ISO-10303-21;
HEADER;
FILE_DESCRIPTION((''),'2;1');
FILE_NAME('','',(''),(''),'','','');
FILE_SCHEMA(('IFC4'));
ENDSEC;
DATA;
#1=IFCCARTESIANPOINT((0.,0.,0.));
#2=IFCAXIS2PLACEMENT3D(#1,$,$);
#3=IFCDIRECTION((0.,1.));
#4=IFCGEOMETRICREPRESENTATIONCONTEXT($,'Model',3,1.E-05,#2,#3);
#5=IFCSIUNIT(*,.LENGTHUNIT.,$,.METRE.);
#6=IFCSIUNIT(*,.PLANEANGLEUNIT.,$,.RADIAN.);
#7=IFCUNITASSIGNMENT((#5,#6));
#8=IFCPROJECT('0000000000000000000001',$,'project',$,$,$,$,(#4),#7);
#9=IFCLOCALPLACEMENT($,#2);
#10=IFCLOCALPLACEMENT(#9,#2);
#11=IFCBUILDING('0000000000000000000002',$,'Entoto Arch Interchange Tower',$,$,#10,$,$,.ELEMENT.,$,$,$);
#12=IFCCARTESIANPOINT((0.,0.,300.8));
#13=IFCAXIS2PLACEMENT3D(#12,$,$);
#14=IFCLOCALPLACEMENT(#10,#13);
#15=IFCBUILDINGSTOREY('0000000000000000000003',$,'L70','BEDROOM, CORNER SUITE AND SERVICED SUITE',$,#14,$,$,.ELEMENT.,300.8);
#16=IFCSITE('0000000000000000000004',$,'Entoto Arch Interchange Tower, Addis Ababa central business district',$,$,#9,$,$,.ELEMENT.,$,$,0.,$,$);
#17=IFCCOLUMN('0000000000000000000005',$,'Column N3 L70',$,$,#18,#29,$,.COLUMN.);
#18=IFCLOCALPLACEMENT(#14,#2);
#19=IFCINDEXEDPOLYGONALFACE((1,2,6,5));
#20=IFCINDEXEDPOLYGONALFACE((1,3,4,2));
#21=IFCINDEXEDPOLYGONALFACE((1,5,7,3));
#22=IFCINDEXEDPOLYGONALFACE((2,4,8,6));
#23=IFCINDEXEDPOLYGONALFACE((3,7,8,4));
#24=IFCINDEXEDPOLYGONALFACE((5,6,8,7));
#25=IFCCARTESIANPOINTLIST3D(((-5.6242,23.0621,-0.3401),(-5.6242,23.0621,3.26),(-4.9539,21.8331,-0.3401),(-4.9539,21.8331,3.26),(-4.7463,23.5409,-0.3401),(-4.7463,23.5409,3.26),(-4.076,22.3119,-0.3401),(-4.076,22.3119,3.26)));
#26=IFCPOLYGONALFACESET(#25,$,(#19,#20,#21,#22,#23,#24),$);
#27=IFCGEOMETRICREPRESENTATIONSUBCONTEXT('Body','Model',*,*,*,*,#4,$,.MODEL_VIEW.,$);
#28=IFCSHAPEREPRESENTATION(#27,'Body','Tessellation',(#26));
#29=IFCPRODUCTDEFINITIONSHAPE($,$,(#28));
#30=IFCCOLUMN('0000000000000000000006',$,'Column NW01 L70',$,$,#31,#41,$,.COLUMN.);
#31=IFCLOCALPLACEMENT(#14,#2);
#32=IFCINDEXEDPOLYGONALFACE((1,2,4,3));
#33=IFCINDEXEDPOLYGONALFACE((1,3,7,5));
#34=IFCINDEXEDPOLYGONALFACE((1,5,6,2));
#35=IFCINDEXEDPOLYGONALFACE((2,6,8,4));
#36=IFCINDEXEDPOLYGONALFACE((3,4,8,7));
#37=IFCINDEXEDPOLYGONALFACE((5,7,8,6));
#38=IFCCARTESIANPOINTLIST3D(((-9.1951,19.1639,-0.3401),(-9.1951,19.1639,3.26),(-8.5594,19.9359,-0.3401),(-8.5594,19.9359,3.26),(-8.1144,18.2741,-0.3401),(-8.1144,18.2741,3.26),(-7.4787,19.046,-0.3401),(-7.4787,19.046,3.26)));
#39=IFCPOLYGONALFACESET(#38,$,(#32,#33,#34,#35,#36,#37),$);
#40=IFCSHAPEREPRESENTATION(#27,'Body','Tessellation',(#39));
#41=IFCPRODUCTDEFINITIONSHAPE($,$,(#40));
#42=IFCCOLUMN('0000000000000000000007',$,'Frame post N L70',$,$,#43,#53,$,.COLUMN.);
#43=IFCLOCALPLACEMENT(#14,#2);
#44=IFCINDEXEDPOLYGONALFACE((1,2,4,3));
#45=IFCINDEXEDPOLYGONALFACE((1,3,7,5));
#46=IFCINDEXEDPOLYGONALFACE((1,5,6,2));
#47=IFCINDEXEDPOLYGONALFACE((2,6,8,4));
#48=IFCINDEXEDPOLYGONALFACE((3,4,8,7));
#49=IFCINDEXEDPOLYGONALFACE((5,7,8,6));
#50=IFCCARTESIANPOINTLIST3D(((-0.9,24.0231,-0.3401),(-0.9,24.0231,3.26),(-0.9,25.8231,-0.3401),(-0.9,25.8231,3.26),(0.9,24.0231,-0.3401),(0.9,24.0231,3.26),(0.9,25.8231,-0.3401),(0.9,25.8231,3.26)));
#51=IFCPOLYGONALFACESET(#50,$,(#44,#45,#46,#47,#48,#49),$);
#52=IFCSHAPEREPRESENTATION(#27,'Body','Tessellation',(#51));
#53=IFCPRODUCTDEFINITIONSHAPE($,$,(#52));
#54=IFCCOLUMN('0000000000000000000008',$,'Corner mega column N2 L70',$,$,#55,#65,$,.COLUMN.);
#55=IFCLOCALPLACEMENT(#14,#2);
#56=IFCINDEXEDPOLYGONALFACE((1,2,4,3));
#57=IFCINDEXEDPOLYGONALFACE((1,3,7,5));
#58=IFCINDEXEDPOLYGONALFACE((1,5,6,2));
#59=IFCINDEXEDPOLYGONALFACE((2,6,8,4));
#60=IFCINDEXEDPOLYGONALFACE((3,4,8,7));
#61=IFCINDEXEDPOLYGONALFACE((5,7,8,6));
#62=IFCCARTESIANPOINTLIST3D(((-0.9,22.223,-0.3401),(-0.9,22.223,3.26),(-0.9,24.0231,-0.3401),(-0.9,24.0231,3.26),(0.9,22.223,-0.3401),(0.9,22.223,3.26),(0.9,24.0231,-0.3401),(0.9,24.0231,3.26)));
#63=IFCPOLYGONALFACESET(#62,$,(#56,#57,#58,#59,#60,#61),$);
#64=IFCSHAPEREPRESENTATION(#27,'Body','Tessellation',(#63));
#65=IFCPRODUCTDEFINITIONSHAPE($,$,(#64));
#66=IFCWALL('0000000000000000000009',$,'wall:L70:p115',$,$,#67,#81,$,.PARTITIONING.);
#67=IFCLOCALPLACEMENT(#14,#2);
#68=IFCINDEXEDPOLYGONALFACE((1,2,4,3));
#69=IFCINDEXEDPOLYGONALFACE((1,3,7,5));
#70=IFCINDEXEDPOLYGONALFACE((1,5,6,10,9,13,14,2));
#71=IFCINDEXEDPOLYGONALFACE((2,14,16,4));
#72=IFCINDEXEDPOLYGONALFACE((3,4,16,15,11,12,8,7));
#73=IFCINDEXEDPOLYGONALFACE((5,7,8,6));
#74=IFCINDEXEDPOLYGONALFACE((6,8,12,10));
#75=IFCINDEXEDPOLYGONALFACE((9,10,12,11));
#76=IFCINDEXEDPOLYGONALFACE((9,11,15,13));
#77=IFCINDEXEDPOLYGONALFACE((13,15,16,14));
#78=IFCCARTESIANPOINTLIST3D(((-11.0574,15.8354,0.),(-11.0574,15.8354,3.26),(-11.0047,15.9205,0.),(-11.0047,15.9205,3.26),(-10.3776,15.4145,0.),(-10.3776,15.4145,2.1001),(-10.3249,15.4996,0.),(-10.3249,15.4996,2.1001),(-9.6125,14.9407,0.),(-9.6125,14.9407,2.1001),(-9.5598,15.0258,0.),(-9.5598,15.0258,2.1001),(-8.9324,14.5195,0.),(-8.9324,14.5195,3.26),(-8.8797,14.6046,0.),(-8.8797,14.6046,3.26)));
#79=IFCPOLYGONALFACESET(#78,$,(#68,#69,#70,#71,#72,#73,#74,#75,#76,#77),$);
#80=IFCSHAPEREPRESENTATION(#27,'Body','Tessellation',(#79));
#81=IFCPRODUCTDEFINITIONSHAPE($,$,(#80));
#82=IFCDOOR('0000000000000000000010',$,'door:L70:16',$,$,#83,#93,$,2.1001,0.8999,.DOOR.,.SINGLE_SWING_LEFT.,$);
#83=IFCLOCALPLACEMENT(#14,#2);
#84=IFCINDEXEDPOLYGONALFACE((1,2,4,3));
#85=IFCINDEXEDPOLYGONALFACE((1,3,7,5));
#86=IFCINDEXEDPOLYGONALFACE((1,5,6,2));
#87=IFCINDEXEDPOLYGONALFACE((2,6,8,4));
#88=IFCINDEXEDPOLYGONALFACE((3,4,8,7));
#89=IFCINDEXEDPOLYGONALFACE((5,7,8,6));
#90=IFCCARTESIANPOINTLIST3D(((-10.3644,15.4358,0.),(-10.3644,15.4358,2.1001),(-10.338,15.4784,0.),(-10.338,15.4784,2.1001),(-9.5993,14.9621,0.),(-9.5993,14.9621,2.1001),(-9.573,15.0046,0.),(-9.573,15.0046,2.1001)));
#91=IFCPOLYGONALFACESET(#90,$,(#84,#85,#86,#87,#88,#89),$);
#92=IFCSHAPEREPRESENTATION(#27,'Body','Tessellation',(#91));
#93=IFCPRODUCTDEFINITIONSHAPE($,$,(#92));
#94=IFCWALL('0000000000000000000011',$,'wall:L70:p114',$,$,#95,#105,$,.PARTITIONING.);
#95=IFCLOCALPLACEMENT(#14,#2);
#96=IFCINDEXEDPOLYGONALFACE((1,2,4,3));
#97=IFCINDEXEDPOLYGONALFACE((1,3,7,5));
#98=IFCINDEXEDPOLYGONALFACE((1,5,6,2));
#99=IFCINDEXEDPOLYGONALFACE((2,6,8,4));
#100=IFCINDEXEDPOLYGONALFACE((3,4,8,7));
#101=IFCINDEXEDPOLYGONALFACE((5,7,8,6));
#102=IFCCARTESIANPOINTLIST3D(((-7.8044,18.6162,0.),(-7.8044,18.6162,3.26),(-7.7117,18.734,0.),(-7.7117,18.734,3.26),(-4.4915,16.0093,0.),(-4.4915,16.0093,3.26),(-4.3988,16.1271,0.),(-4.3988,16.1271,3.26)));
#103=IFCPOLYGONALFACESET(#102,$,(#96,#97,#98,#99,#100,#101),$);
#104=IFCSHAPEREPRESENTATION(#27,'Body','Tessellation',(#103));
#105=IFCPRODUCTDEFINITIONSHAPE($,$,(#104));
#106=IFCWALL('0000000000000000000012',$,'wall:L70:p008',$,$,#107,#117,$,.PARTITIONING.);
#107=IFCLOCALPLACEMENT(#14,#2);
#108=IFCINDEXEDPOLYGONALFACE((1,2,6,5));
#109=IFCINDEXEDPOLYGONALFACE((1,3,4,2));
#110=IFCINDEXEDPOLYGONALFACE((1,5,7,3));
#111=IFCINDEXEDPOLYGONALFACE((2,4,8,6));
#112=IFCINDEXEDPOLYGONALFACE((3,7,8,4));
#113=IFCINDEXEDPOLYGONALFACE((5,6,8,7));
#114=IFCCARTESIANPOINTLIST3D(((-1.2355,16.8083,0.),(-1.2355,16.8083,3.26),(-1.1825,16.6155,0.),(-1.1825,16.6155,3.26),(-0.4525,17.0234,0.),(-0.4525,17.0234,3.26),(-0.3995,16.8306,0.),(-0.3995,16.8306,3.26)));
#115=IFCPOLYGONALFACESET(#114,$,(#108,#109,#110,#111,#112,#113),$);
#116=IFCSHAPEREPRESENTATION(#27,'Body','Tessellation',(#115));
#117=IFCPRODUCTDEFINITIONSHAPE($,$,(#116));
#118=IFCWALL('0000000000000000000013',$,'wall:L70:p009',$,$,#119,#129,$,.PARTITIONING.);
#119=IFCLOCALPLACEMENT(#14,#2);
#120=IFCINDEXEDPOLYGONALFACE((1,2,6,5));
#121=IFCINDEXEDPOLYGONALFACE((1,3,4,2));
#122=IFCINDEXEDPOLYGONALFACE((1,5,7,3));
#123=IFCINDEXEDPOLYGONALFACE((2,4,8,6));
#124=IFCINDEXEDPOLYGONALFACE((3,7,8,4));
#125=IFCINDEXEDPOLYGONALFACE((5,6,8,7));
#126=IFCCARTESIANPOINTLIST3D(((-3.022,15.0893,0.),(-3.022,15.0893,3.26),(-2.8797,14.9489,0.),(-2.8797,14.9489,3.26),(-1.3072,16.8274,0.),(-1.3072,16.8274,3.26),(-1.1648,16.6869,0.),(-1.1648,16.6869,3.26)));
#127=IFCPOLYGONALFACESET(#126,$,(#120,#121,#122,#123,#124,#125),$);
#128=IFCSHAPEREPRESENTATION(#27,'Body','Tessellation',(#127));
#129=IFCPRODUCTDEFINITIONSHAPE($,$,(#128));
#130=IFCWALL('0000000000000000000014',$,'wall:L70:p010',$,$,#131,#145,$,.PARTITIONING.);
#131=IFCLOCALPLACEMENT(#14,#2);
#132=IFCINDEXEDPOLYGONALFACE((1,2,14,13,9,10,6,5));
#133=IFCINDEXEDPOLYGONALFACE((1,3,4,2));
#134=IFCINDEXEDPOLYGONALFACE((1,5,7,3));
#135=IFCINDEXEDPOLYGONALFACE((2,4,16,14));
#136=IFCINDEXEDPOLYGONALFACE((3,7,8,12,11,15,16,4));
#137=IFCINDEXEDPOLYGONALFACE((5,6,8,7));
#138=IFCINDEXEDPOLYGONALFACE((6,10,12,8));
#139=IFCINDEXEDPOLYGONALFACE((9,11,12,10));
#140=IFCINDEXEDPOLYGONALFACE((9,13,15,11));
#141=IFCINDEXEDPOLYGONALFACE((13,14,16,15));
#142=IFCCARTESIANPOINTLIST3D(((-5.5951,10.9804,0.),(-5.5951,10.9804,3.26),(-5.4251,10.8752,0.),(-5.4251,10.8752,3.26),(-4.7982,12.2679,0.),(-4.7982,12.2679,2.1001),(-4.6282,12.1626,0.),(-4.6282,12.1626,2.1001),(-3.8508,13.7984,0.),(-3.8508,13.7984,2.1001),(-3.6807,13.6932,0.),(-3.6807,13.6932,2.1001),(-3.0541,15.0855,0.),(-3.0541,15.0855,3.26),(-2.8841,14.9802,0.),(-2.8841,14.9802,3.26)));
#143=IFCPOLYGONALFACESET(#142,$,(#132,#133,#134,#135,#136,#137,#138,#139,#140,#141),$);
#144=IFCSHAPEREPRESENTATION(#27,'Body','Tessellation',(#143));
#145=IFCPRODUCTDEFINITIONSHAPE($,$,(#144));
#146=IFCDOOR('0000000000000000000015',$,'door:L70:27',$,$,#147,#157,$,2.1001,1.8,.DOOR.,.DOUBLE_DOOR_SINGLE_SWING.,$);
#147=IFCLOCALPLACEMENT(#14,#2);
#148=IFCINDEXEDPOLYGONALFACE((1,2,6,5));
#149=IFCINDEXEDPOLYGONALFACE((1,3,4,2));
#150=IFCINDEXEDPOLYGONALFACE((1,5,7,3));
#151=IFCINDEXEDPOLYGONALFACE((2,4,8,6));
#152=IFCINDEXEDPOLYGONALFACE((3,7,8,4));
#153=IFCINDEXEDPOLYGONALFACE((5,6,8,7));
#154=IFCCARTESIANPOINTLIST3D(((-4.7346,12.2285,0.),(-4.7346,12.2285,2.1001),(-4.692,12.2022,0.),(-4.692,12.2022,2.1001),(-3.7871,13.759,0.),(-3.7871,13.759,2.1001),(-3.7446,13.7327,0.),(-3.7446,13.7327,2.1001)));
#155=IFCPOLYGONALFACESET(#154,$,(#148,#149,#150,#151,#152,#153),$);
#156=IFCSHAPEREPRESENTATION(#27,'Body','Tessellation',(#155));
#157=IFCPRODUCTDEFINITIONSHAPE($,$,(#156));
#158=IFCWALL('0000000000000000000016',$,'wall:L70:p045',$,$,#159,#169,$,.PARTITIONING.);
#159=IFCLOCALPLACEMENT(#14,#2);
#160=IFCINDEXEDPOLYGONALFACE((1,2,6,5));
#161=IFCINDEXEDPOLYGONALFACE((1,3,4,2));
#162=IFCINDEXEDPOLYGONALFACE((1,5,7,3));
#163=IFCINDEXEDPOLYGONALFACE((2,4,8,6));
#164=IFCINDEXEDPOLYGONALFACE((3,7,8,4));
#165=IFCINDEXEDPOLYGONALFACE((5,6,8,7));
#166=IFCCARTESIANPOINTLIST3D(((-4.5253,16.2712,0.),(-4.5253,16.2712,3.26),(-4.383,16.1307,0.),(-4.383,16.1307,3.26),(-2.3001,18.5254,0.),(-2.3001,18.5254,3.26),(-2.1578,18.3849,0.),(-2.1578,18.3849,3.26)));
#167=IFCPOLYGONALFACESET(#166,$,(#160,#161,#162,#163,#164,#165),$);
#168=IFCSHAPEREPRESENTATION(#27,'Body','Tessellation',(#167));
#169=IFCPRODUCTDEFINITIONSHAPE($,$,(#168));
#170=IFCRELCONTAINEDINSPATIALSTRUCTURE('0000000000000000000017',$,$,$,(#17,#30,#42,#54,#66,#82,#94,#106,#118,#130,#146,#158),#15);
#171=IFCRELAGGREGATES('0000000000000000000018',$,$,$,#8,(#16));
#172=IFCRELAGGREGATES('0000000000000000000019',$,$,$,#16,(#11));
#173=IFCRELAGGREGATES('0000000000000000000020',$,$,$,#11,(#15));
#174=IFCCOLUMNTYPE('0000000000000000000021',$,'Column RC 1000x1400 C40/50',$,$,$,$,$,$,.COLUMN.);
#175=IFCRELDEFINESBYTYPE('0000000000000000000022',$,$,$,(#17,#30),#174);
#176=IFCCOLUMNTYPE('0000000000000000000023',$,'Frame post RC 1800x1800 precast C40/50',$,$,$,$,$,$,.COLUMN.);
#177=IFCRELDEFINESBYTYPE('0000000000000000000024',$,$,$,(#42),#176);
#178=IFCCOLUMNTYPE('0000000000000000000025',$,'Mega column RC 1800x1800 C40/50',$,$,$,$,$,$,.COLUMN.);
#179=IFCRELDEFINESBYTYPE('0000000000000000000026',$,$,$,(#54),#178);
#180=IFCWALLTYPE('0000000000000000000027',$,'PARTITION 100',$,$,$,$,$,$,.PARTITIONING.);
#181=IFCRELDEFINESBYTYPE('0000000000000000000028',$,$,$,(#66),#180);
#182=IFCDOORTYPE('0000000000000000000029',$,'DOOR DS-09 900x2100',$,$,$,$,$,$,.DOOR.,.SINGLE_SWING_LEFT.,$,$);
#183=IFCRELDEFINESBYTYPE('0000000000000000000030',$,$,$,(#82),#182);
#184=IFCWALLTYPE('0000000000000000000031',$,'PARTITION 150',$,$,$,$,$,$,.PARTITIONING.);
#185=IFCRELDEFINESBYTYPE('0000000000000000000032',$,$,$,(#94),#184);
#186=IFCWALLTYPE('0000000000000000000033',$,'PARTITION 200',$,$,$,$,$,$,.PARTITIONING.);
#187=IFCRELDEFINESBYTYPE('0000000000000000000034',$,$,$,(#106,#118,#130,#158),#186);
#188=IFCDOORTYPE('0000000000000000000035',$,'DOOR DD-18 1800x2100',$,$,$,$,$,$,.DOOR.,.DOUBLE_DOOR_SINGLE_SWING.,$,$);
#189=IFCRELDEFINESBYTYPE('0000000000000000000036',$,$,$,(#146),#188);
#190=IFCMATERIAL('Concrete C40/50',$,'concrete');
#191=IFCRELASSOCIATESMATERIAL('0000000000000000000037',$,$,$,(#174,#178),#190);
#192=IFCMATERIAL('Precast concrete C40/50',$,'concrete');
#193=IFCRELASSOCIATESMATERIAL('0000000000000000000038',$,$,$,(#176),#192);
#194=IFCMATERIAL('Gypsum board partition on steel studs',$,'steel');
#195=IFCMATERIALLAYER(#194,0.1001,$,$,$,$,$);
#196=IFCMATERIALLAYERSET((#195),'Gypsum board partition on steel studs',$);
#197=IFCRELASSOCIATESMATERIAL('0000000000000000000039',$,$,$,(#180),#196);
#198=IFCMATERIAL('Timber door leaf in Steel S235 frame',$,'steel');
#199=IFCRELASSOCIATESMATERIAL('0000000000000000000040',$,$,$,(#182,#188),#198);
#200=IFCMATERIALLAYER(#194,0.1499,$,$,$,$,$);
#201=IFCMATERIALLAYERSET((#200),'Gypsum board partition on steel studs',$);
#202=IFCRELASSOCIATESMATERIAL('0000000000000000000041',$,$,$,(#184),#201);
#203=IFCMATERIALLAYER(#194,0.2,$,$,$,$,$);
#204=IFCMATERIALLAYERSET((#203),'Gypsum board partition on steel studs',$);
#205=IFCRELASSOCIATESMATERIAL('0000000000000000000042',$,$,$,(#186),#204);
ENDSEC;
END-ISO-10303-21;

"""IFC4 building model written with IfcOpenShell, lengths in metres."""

from ifc_helpers import new_model, si_unit, direction, frame, frame_2d, origin, origin_2d, place, context, subcontext, project, spatial, rectangle, extrude, material, layer, layer_set, material_profile, profile_set, type_object, element, fill, save


model = new_model("IFC4")

# Units and contexts
model_context = context("Model", 3, precision=1e-05, world=origin(), true_north=direction((0.0, 1.0)))
body_context = subcontext(model_context, "Body", "Model", "MODEL_VIEW")
ifc_project = project(units=[si_unit("LENGTHUNIT", "METRE"), si_unit("PLANEANGLEUNIT", "RADIAN")], contexts=[model_context])

# Site, building, storey
site_placement = place(None, origin())
site = spatial("IfcSite", under=ifc_project, at=site_placement, Name="Entoto Arch Interchange Tower, Addis Ababa central business district", CompositionType="ELEMENT", RefElevation=0.0)
building_placement = place(site_placement, origin())
building = spatial("IfcBuilding", under=site, at=building_placement, Name="Entoto Arch Interchange Tower", CompositionType="ELEMENT")
storey_placement = place(building_placement, frame((0.0, 0.0, 300.8)))
storey = spatial("IfcBuildingStorey", under=building, at=storey_placement, Name="L70", Description="BEDROOM, CORNER SUITE AND SERVICED SUITE", CompositionType="ELEMENT", Elevation=300.8)

# Columns
ifc_material_1 = material(Name="Concrete C40/50", Category="concrete")
ifc_material_profile_1 = material_profile(ifc_material_1, rectangle(XDim=1.0, YDim=1.3999, at=origin_2d()))
ifc_profile_set_1 = profile_set([ifc_material_profile_1], Name="Concrete C40/50")
column_type_1 = type_object("IfcColumnType", Name="Column RC 1000x1400 C40/50", PredefinedType="COLUMN", material=ifc_profile_set_1)
for number, where, z_axis, x_axis, name in (
    (1, (-4.8501, 22.687, -0.3401), (0.0, 0.0, 1.0), (0.877899, 0.478845, 0.0), "Column N3 L70"),
    (2, (-8.3369, 19.105, -0.3401), (0.0, 0.0, 1.0), (0.635647, 0.77198, 0.0), "Column NW01 L70"),
):
    element("IfcColumn", number, at=place(storey_placement, frame(where, z_axis=z_axis, x_axis=x_axis)), inside=storey, type_object=column_type_1, Name=name, PredefinedType="COLUMN", context=body_context, shape_type="SweptSolid", body=[
        extrude(rectangle(XDim=1.0, YDim=1.3999, at=origin_2d()), origin(), (0.0, 0.0, 1.0), 3.6001),
    ])
ifc_material_2 = material(Name="Precast concrete C40/50", Category="concrete")
ifc_material_profile_2 = material_profile(ifc_material_2, rectangle(XDim=1.8, YDim=1.8, at=origin_2d()))
ifc_profile_set_2 = profile_set([ifc_material_profile_2], Name="Precast concrete C40/50")
column_type_2 = type_object("IfcColumnType", Name="Frame post RC 1800x1800 precast C40/50", PredefinedType="COLUMN", material=ifc_profile_set_2)
column_1_placement = place(storey_placement, frame((0.0, 24.9231, -0.3401), z_axis=(0.0, 0.0, 1.0), x_axis=(0.0, 1.0, 0.0)))
element("IfcColumn", 3, at=column_1_placement, inside=storey, type_object=column_type_2, Name="Frame post N L70", PredefinedType="COLUMN", context=body_context, shape_type="SweptSolid", body=[
    extrude(rectangle(XDim=1.8, YDim=1.8, at=origin_2d()), origin(), (0.0, 0.0, 1.0), 3.6001),
])
ifc_material_profile_3 = material_profile(ifc_material_1, rectangle(XDim=1.8, YDim=1.8, at=origin_2d()))
ifc_profile_set_3 = profile_set([ifc_material_profile_3], Name="Concrete C40/50")
column_type_3 = type_object("IfcColumnType", Name="Mega column RC 1800x1800 C40/50", PredefinedType="COLUMN", material=ifc_profile_set_3)
column_2_placement = place(storey_placement, frame((0.0, 23.123, -0.3401), z_axis=(0.0, 0.0, 1.0), x_axis=(0.0, 1.0, 0.0)))
element("IfcColumn", 4, at=column_2_placement, inside=storey, type_object=column_type_3, Name="Corner mega column N2 L70", PredefinedType="COLUMN", context=body_context, shape_type="SweptSolid", body=[
    extrude(rectangle(XDim=1.8, YDim=1.8, at=origin_2d()), origin(), (0.0, 0.0, 1.0), 3.6001),
])

# Wall, opening, door
ifc_material_3 = material(Name="Gypsum board partition on steel studs", Category="steel")
ifc_layer_1 = layer(ifc_material_3, 0.1001)
ifc_layer_set_1 = layer_set([ifc_layer_1], Name="Gypsum board partition on steel studs")
wall_type_1 = type_object("IfcWallType", Name="PARTITION 100", PredefinedType="PARTITIONING", material=ifc_layer_set_1)
wall_1_placement = place(storey_placement, frame((-8.906, 14.562, 0.0), z_axis=(0.0, 0.0, 1.0), x_axis=(-0.850186, 0.526482, 0.0)))
wall_1 = element("IfcWall", 5, at=wall_1_placement, inside=storey, type_object=wall_type_1, Name="wall:L70:p115", PredefinedType="PARTITIONING", context=body_context, shape_type="SweptSolid", body=[
    extrude(rectangle(XDim=2.4995, YDim=0.1001, at=frame_2d((1.2498, 0.0))), origin(), (0.0, 0.0, 1.0), 3.26),
])
opening_1_placement = place(wall_1_placement, frame((0.8, 0.0, 0.0)))
opening_1 = element("IfcOpeningElement", 6, at=opening_1_placement, cuts=wall_1, PredefinedType="OPENING", context=body_context, shape_type="SweptSolid", body=[
    extrude(rectangle(XDim=0.8999, YDim=2.1001, at=frame_2d((0.45, 1.05))), frame((0.0, 0.0601, 0.0), z_axis=(0.0, -1.0, 0.0), x_axis=(1.0, 0.0, 0.0)), (0.0, 0.0, 1.0), 0.1201),
])
ifc_material_4 = material(Name="Timber door leaf in Steel S235 frame", Category="steel")
door_type_1 = type_object("IfcDoorType", Name="DOOR DS-09 900x2100", OperationType="SINGLE_SWING_LEFT", PredefinedType="DOOR", material=ifc_material_4)
door_1_placement = place(opening_1_placement, origin())
door_1 = element("IfcDoor", 7, at=door_1_placement, inside=storey, type_object=door_type_1, Name="door:L70:16", OperationType="SINGLE_SWING_LEFT", OverallHeight=2.1001, OverallWidth=0.8999, PredefinedType="DOOR", context=body_context, shape_type="SweptSolid", body=[
    extrude(rectangle(XDim=0.8999, YDim=2.1001, at=frame_2d((0.45, 1.05))), frame((0.0, 0.0249, 0.0), z_axis=(0.0, -1.0, 0.0), x_axis=(1.0, 0.0, 0.0)), (0.0, 0.0, 1.0), 0.05),
])
fill(opening_1, door_1)

# Walls
ifc_layer_2 = layer(ifc_material_3, 0.1499)
ifc_layer_set_2 = layer_set([ifc_layer_2], Name="Gypsum board partition on steel studs")
wall_type_2 = type_object("IfcWallType", Name="PARTITION 150", PredefinedType="PARTITIONING", material=ifc_layer_set_2)
wall_2_placement = place(storey_placement, frame((-4.4451, 16.0681, 0.0), z_axis=(0.0, 0.0, 1.0), x_axis=(-0.785872, 0.618389, 0.0)))
element("IfcWall", 8, at=wall_2_placement, inside=storey, type_object=wall_type_2, Name="wall:L70:p114", PredefinedType="PARTITIONING", context=body_context, shape_type="SweptSolid", body=[
    extrude(rectangle(XDim=4.2156, YDim=0.1499, at=frame_2d((2.1079, 0.0))), origin(), (0.0, 0.0, 1.0), 3.26),
])
ifc_layer_3 = layer(ifc_material_3, 0.2)
ifc_layer_set_3 = layer_set([ifc_layer_3], Name="Gypsum board partition on steel studs")
wall_type_3 = type_object("IfcWallType", Name="PARTITION 200", PredefinedType="PARTITIONING", material=ifc_layer_set_3)
wall_3_placement = place(storey_placement, frame((-0.426, 16.927, 0.0), z_axis=(0.0, 0.0, 1.0), x_axis=(-0.964276, -0.264898, 0.0)))
element("IfcWall", 9, at=wall_3_placement, inside=storey, type_object=wall_type_3, Name="wall:L70:p008", PredefinedType="PARTITIONING", context=body_context, shape_type="SweptSolid", body=[
    extrude(rectangle(XDim=0.812, YDim=0.2, at=frame_2d((0.406, 0.0))), origin(), (0.0, 0.0, 1.0), 3.26),
])
wall_4_placement = place(storey_placement, frame((-1.2361, 16.7571, 0.0), z_axis=(0.0, 0.0, 1.0), x_axis=(-0.702341, -0.71184, 0.0)))
element("IfcWall", 10, at=wall_4_placement, inside=storey, type_object=wall_type_3, Name="wall:L70:p009", PredefinedType="PARTITIONING", context=body_context, shape_type="SweptSolid", body=[
    extrude(rectangle(XDim=2.4417, YDim=0.2, at=frame_2d((1.2207, 0.0))), origin(), (0.0, 0.0, 1.0), 3.26),
])

# Wall, opening, door
wall_5_placement = place(storey_placement, frame((-2.969, 15.033, 0.0), z_axis=(0.0, 0.0, 1.0), x_axis=(-0.52633, -0.85028, 0.0)))
wall_5 = element("IfcWall", 11, at=wall_5_placement, inside=storey, type_object=wall_type_3, Name="wall:L70:p010", PredefinedType="PARTITIONING", context=body_context, shape_type="SweptSolid", body=[
    extrude(rectangle(XDim=4.8279, YDim=0.2, at=frame_2d((2.4141, 0.0))), origin(), (0.0, 0.0, 1.0), 3.26),
])
opening_2_placement = place(wall_5_placement, frame((1.5139, 0.0, 0.0)))
opening_2 = element("IfcOpeningElement", 12, at=opening_2_placement, cuts=wall_5, PredefinedType="OPENING", context=body_context, shape_type="SweptSolid", body=[
    extrude(rectangle(XDim=1.8, YDim=2.1001, at=frame_2d((0.8999, 1.05))), frame((0.0, 0.1099, 0.0), z_axis=(0.0, -1.0, 0.0), x_axis=(1.0, 0.0, 0.0)), (0.0, 0.0, 1.0), 0.22),
])
door_type_2 = type_object("IfcDoorType", Name="DOOR DD-18 1800x2100", OperationType="DOUBLE_DOOR_SINGLE_SWING", PredefinedType="DOOR", material=ifc_material_4)
door_2_placement = place(opening_2_placement, origin())
door_2 = element("IfcDoor", 13, at=door_2_placement, inside=storey, type_object=door_type_2, Name="door:L70:27", OperationType="DOUBLE_DOOR_SINGLE_SWING", OverallHeight=2.1001, OverallWidth=1.8, PredefinedType="DOOR", context=body_context, shape_type="SweptSolid", body=[
    extrude(rectangle(XDim=1.8, YDim=2.1001, at=frame_2d((0.8999, 1.05))), frame((0.0, 0.0249, 0.0), z_axis=(0.0, -1.0, 0.0), x_axis=(1.0, 0.0, 0.0)), (0.0, 0.0, 1.0), 0.05),
])
fill(opening_2, door_2)

# Wall
wall_6_placement = place(storey_placement, frame((-4.4541, 16.2009, 0.0), z_axis=(0.0, 0.0, 1.0), x_axis=(0.702506, 0.711678, 0.0)))
element("IfcWall", 14, at=wall_6_placement, inside=storey, type_object=wall_type_3, Name="wall:L70:p045", PredefinedType="PARTITIONING", context=body_context, shape_type="SweptSolid", body=[
    extrude(rectangle(XDim=3.1675, YDim=0.2, at=frame_2d((1.5837, 0.0))), origin(), (0.0, 0.0, 1.0), 3.26),
])

save(model, "model.ifc")
